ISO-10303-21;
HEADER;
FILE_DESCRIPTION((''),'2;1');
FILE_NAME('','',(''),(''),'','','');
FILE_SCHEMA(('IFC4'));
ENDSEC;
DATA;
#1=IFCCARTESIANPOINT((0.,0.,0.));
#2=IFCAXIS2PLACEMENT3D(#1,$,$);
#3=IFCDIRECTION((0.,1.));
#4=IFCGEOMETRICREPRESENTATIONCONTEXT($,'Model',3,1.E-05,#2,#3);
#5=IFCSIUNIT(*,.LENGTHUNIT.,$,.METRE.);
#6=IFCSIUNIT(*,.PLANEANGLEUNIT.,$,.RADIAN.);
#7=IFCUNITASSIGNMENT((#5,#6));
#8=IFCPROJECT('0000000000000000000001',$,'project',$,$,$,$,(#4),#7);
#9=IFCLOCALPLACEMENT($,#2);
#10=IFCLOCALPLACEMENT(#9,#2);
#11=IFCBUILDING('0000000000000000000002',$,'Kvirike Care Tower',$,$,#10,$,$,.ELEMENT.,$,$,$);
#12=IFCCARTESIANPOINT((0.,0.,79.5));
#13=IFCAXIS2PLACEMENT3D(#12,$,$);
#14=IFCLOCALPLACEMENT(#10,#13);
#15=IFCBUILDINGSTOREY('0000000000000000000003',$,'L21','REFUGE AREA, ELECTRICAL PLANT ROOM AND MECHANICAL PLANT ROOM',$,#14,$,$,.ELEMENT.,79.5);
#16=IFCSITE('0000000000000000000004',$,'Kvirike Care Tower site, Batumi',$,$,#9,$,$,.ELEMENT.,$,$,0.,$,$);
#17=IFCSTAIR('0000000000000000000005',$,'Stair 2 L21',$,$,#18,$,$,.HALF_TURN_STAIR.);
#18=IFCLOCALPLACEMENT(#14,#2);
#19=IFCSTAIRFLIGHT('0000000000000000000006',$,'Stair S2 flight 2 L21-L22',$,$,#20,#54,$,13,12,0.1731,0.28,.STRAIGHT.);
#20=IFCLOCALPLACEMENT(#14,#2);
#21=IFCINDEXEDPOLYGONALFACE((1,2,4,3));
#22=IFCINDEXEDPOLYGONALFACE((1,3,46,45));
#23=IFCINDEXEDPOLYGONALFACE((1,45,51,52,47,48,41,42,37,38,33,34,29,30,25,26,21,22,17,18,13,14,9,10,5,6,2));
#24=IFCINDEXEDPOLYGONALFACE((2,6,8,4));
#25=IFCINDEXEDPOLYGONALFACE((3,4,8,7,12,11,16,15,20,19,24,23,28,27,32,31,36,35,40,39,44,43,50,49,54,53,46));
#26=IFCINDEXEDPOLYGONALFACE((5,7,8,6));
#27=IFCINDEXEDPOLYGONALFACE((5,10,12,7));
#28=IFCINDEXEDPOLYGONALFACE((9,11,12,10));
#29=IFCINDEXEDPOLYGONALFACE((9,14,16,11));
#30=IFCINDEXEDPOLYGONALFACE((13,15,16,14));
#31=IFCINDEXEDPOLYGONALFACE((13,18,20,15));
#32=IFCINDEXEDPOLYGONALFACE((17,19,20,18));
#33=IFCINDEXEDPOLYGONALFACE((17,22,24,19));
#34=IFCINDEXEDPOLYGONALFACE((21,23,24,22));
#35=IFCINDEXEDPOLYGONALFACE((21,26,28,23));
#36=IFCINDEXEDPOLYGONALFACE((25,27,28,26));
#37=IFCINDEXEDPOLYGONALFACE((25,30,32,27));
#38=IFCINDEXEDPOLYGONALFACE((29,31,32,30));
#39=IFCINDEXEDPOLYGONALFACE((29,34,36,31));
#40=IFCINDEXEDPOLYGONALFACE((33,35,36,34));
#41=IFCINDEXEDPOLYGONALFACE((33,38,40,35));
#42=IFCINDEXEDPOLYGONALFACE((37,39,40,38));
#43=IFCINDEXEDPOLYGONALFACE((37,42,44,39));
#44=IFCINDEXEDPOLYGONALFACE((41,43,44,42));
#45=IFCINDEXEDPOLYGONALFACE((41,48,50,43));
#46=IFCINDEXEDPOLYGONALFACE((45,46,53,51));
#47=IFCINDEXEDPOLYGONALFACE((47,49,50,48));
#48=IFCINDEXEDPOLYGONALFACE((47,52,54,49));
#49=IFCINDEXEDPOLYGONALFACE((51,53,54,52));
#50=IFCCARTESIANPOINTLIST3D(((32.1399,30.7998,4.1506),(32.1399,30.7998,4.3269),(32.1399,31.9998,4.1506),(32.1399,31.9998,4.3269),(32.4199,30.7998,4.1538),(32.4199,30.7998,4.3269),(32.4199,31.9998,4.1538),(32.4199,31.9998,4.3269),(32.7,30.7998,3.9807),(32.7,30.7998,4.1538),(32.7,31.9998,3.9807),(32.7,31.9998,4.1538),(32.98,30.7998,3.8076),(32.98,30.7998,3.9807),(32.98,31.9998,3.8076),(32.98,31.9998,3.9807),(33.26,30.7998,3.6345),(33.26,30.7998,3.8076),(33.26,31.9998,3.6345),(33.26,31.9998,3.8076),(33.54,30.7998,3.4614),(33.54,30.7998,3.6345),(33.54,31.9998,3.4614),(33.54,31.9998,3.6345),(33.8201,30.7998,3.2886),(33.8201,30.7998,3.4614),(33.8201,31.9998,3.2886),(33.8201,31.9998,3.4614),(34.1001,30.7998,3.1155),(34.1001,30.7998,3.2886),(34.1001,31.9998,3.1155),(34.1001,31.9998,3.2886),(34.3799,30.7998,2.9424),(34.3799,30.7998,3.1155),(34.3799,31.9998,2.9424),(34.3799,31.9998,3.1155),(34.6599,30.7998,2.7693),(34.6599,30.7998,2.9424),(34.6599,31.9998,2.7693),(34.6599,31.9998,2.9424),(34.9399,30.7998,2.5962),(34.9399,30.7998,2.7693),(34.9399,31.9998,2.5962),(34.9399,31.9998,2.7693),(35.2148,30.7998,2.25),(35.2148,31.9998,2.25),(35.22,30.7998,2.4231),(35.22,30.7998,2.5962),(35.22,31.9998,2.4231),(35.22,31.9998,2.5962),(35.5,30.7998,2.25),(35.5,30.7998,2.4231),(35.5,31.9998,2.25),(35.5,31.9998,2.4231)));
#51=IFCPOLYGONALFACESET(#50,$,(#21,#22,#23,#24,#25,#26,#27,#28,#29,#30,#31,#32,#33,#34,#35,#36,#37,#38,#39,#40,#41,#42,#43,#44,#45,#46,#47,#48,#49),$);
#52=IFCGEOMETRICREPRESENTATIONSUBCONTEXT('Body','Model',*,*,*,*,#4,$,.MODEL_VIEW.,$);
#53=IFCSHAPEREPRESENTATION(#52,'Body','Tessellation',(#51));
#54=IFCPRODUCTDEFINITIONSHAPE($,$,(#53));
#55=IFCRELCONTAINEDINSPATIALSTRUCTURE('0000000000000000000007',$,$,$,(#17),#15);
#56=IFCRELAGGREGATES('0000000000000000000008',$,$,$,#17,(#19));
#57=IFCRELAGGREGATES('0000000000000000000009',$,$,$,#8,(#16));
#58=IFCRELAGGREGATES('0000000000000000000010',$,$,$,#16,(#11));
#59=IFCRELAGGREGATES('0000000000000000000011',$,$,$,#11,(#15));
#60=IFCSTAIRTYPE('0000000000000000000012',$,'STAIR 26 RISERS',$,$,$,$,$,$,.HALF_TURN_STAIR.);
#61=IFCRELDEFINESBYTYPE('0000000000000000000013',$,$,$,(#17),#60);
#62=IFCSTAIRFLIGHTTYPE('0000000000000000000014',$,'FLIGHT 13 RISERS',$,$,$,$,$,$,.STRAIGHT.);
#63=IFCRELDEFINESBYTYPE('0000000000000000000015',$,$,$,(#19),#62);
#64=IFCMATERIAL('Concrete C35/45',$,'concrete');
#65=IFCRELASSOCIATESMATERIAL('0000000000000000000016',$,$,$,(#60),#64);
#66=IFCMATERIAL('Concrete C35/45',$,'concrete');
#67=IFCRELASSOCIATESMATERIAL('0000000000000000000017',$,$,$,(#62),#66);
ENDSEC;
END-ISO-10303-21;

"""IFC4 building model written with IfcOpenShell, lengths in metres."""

from ifc_helpers import new_model, si_unit, direction, frame, origin, place, context, subcontext, project, spatial, polyline, outline, extrude, material, type_object, element, aggregate, save


model = new_model("IFC4")

# Units and contexts
model_context = context("Model", 3, precision=1e-05, world=origin(), true_north=direction((0.0, 1.0)))
body_context = subcontext(model_context, "Body", "Model", "MODEL_VIEW")
ifc_project = project(units=[si_unit("LENGTHUNIT", "METRE"), si_unit("PLANEANGLEUNIT", "RADIAN")], contexts=[model_context])

# Site, building, storey
site_placement = place(None, origin())
site = spatial("IfcSite", under=ifc_project, at=site_placement, Name="Kvirike Care Tower site, Batumi", CompositionType="ELEMENT", RefElevation=0.0)
building_placement = place(site_placement, origin())
building = spatial("IfcBuilding", under=site, at=building_placement, Name="Kvirike Care Tower", CompositionType="ELEMENT")
storey_placement = place(building_placement, frame((0.0, 0.0, 79.5)))
storey = spatial("IfcBuildingStorey", under=building, at=storey_placement, Name="L21", Description="REFUGE AREA, ELECTRICAL PLANT ROOM AND MECHANICAL PLANT ROOM", CompositionType="ELEMENT", Elevation=79.5)

# Stair, stair flight
ifc_material_1 = material(Name="Concrete C35/45", Category="concrete")
stair_type = type_object("IfcStairType", Name="STAIR 26 RISERS", PredefinedType="HALF_TURN_STAIR", material=ifc_material_1)
stair_placement = place(storey_placement, origin())
stair = element("IfcStair", 1, at=stair_placement, inside=storey, type_object=stair_type, Name="Stair 2 L21", PredefinedType="HALF_TURN_STAIR")
ifc_material_2 = material(Name="Concrete C35/45", Category="concrete")
stair_flight_type = type_object("IfcStairFlightType", Name="FLIGHT 13 RISERS", PredefinedType="STRAIGHT", material=ifc_material_2)
stair_flight_placement = place(storey_placement, frame((35.5, 31.3999, 2.25), z_axis=(0.0, 0.0, 1.0), x_axis=(-1.0, 0.0, 0.0)))
stair_flight = element("IfcStairFlight", 2, at=stair_flight_placement, type_object=stair_flight_type, Name="Stair S2 flight 2 L21-L22", NumberOfRisers=13, NumberOfTreads=12, PredefinedType="STRAIGHT", RiserHeight=0.1731, TreadLength=0.28, context=body_context, shape_type="SweptSolid", body=[
    extrude(outline(polyline([(0.0, 0.0), (0.0, 0.1731), (0.28, 0.1731), (0.28, 0.3462), (0.5601, 0.3462), (0.5601, 0.5193), (0.8401, 0.5193), (0.8401, 0.6924), (1.1201, 0.6924), (1.1201, 0.8655), (1.3999, 0.8655), (1.3999, 1.0386), (1.6799, 1.0386), (1.6799, 1.2114), (1.96, 1.2114), (1.96, 1.3845), (2.24, 1.3845), (2.24, 1.5576), (2.52, 1.5576), (2.52, 1.7307), (2.8, 1.7307), (2.8, 1.9038), (3.0801, 1.9038), (3.0801, 2.0769), (3.3601, 2.0769), (3.3601, 2.25), (3.3601, 1.9006), (0.2852, 0.0), (0.0, 0.0)])), frame((0.0, 0.6001, 0.0), z_axis=(0.0, -1.0, 0.0), x_axis=(1.0, 0.0, 0.0)), (0.0, 0.0, 1.0), 1.2),
])
aggregate(stair, [stair_flight])

save(model, "model.ifc")
